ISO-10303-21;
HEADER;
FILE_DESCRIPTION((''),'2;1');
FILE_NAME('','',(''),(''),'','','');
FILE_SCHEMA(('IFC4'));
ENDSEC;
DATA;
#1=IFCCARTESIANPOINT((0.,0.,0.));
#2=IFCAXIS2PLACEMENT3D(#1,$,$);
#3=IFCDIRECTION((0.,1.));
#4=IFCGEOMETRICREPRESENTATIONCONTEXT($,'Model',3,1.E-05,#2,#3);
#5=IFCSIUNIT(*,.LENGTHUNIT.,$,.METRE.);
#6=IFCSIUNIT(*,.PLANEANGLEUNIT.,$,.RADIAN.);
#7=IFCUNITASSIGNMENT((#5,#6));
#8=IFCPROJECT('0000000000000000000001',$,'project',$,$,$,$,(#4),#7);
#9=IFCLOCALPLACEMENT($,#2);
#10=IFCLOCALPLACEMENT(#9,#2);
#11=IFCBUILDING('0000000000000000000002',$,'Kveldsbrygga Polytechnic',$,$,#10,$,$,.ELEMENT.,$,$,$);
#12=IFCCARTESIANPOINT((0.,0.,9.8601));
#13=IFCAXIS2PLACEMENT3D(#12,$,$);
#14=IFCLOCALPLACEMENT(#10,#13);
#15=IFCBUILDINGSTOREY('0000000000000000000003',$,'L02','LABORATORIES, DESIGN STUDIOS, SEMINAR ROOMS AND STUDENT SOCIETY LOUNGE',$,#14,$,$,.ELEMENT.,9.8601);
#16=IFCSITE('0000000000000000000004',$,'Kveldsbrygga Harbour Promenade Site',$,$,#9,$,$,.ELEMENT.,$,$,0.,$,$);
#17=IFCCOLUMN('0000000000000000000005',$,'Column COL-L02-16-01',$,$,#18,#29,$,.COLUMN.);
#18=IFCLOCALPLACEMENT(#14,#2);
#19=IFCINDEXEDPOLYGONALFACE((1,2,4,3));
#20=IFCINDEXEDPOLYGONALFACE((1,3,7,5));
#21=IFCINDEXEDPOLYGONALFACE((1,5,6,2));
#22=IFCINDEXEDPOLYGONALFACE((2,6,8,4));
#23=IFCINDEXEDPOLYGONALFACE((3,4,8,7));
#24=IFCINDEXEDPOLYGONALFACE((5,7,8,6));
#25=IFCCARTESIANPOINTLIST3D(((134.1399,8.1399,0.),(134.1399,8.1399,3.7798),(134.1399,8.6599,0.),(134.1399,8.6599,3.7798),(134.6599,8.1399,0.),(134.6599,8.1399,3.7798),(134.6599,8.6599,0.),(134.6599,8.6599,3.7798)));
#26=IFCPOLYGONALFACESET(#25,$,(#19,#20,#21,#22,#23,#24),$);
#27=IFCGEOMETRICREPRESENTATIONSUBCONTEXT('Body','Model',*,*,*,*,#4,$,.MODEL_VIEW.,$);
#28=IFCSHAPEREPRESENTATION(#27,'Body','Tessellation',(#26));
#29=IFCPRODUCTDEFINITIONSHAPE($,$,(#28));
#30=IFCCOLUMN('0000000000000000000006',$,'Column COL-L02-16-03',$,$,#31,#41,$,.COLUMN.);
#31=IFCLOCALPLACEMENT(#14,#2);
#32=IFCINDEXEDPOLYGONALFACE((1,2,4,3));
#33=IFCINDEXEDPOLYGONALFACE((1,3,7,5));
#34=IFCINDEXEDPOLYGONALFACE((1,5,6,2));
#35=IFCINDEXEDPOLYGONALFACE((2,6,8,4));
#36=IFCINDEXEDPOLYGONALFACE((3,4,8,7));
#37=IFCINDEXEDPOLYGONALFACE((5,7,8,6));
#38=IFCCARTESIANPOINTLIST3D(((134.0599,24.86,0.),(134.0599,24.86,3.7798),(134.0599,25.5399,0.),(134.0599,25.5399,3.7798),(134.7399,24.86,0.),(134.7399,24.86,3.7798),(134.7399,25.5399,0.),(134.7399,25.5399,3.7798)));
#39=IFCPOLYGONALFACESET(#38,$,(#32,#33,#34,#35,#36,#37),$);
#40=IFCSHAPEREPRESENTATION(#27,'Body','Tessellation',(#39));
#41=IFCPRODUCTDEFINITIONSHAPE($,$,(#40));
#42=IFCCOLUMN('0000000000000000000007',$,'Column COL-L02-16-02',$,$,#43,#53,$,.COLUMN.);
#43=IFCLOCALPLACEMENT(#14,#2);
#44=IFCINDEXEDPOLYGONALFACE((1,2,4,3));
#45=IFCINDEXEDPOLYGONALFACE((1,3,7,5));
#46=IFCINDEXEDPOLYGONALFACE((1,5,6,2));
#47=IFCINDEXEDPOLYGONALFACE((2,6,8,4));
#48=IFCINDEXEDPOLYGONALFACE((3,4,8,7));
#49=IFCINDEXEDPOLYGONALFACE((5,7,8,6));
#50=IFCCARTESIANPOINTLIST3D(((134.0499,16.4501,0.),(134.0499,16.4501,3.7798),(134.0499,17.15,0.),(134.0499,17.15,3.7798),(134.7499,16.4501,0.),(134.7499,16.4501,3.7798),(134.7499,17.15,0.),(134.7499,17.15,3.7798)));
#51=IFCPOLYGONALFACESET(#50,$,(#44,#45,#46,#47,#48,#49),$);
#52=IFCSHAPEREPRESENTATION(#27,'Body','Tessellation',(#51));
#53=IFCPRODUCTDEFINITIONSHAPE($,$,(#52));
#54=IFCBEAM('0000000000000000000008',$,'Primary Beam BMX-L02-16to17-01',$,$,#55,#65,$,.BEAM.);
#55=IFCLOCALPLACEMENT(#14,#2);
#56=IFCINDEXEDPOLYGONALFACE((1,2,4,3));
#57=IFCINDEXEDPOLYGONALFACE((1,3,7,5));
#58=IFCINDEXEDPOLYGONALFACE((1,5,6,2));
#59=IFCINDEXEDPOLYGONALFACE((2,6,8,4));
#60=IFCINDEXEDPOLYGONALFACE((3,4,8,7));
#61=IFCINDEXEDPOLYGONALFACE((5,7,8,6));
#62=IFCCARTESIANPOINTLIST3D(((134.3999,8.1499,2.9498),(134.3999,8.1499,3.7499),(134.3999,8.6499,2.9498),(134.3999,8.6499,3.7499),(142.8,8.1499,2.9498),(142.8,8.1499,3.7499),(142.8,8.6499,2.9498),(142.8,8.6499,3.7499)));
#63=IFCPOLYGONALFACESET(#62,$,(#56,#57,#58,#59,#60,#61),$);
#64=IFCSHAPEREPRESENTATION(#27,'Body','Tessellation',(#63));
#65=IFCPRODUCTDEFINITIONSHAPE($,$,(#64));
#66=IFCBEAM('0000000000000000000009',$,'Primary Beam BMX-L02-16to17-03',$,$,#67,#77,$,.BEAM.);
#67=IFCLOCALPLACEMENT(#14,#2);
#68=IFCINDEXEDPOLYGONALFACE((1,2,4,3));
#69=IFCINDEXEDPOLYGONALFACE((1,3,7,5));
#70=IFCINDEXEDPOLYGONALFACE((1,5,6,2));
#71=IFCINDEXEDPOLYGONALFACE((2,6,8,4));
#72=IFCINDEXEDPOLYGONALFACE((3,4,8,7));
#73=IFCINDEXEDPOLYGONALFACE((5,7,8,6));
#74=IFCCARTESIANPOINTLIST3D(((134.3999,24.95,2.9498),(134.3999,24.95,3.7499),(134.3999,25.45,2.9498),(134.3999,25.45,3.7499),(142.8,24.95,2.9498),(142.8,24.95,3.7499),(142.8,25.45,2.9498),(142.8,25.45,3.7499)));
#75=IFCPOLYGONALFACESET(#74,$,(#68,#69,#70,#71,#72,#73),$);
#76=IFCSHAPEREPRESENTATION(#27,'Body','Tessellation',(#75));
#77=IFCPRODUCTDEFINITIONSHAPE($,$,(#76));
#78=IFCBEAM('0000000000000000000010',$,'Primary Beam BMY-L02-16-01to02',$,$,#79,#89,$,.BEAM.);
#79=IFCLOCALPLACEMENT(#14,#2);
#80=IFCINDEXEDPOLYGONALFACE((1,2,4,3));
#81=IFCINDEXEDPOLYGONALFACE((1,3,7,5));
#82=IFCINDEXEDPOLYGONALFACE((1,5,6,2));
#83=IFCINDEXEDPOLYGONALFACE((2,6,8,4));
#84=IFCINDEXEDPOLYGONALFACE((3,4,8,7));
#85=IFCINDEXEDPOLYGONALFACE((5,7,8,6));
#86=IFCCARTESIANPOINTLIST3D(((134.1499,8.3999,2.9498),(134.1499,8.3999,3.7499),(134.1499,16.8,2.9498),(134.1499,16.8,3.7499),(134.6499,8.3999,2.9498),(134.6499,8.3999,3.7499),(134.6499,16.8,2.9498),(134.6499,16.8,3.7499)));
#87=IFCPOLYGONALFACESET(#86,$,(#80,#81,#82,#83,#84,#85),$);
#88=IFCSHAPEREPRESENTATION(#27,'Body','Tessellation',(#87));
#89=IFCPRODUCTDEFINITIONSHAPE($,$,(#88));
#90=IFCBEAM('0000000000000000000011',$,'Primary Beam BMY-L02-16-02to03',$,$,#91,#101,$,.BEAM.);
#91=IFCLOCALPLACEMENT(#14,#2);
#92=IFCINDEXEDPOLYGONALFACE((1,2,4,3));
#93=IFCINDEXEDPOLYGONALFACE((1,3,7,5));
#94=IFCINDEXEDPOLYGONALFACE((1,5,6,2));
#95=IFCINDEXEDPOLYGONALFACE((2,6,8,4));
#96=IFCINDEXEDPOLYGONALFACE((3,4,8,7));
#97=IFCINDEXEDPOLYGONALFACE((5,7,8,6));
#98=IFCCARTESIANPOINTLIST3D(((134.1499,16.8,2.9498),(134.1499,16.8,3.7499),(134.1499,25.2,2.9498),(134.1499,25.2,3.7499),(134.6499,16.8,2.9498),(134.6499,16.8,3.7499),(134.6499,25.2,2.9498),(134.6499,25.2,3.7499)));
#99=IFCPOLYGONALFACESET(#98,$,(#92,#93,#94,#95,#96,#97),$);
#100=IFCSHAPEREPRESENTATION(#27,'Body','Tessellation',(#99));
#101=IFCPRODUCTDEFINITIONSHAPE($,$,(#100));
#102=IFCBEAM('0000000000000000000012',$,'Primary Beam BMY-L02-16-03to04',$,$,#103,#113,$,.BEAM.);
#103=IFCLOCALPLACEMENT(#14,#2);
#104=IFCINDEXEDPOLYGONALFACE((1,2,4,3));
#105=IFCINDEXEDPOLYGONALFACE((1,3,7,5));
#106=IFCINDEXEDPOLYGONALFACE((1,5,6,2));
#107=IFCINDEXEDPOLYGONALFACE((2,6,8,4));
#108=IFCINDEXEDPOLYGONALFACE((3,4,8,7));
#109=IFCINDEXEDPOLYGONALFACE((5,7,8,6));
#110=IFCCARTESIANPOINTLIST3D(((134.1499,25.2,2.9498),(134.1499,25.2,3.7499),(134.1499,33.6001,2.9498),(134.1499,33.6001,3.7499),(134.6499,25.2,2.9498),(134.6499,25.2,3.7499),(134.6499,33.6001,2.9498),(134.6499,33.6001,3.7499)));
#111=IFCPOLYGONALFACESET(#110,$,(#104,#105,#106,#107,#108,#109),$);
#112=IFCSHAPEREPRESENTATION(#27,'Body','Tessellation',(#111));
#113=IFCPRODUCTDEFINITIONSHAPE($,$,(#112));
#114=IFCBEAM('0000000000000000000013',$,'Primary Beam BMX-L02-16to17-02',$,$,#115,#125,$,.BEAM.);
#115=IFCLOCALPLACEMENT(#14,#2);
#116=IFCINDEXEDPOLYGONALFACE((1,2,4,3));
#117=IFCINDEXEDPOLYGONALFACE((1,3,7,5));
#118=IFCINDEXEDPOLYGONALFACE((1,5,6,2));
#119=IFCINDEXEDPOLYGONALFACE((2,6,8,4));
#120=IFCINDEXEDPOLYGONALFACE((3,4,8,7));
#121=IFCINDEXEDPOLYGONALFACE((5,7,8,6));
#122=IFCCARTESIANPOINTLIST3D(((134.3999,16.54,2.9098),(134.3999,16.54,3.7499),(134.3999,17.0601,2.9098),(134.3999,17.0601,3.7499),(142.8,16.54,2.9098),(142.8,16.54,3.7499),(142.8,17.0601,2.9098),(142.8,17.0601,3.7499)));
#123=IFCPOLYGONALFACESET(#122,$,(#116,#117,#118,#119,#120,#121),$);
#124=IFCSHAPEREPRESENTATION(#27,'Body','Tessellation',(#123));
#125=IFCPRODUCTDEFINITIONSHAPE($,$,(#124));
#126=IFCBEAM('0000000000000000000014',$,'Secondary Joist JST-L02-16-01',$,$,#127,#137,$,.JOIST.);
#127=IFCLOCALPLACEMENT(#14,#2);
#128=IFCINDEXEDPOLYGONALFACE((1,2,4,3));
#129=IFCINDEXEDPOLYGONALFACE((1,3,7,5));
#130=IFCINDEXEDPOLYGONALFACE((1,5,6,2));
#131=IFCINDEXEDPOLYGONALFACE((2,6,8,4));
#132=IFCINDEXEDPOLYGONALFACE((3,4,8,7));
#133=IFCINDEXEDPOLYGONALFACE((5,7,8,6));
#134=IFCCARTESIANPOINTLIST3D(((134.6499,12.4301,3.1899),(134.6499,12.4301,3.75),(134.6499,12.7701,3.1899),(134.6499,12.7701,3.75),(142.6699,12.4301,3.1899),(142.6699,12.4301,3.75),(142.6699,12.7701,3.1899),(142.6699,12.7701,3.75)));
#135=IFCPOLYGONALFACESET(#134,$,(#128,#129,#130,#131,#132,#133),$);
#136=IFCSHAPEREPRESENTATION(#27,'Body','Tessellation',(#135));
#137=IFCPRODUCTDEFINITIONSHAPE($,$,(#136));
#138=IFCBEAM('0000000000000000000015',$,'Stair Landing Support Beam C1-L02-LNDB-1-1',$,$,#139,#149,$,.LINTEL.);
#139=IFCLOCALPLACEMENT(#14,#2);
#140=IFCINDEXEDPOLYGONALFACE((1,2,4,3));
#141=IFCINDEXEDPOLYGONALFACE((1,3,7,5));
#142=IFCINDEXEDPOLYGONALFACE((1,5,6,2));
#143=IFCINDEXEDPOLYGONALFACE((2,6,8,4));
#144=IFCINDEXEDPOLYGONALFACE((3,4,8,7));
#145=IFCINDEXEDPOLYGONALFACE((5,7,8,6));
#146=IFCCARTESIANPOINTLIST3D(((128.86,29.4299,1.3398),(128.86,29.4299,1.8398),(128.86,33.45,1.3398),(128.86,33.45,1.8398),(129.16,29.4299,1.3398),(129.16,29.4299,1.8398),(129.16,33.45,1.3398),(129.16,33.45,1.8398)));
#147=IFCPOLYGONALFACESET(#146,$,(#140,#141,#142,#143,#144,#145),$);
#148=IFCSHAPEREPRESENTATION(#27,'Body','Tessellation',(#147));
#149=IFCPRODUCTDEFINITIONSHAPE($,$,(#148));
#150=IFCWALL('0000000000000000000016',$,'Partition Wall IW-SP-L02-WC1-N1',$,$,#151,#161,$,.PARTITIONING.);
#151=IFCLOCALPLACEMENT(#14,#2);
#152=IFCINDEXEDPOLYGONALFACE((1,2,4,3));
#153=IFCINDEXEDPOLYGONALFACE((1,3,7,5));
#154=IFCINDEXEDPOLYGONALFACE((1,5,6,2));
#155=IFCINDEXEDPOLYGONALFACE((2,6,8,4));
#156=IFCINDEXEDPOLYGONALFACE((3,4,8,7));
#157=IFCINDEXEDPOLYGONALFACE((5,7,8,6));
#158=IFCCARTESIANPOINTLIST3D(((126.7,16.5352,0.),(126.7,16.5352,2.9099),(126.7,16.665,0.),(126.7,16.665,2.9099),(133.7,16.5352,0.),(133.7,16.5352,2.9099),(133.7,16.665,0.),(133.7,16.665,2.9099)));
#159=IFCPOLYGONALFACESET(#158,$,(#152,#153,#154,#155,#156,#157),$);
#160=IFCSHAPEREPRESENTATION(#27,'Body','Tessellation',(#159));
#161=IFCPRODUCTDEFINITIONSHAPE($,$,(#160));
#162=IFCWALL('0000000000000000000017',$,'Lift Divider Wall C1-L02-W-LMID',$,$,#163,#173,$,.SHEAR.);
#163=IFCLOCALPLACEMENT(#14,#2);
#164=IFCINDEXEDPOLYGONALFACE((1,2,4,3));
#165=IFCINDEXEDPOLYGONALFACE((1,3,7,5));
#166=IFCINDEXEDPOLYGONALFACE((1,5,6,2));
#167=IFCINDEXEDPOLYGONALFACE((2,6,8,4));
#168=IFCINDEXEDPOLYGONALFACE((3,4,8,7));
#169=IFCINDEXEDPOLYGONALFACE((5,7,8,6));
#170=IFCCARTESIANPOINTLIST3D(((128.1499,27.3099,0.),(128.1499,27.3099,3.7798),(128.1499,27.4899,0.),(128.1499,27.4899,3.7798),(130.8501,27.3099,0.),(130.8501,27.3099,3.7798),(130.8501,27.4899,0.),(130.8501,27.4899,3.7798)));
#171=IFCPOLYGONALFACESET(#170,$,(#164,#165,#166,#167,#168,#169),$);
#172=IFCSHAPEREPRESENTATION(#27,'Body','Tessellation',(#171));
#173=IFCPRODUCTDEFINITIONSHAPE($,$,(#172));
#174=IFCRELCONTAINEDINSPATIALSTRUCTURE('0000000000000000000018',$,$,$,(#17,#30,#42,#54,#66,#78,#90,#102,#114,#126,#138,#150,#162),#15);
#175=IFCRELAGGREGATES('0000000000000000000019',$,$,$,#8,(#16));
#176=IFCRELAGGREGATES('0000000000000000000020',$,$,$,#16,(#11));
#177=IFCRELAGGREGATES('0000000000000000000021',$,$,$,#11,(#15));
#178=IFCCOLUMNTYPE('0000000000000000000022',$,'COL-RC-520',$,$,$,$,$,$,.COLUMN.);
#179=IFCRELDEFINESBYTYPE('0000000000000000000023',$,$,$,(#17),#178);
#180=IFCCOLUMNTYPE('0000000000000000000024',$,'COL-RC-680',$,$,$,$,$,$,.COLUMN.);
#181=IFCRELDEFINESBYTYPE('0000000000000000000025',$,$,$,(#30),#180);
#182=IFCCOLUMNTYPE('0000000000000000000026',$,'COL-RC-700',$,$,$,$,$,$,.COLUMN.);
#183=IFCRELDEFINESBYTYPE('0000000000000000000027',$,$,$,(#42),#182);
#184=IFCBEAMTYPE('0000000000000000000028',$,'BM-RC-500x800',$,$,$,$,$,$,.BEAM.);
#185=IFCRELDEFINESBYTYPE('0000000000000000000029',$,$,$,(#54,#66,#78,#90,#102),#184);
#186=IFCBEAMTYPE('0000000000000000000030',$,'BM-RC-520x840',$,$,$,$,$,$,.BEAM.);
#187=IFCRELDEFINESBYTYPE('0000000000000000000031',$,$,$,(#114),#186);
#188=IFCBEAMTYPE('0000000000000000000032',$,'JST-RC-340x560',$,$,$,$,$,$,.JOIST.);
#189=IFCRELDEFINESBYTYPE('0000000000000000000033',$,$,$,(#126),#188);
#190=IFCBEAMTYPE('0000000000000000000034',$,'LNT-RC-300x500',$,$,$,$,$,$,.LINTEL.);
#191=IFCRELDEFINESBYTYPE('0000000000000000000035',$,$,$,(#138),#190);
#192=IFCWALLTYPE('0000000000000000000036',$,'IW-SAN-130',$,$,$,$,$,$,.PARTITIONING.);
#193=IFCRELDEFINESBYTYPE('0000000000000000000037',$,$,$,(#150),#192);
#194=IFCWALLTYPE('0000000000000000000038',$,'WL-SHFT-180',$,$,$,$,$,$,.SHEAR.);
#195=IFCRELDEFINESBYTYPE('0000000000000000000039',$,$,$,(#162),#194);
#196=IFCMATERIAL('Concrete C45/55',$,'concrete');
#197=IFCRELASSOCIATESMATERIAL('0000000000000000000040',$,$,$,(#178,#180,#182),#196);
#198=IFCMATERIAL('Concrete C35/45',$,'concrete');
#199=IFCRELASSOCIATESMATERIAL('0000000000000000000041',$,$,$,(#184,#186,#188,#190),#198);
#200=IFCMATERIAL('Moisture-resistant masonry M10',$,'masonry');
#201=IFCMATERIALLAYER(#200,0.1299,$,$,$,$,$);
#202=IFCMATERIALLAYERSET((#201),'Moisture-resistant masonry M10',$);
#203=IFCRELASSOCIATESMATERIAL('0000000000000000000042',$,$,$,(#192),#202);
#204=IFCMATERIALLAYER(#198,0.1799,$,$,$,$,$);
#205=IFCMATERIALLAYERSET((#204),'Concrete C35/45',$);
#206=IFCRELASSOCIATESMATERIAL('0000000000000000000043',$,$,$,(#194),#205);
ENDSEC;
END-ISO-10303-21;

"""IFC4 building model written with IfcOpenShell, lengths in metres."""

from ifc_helpers import new_model, si_unit, direction, frame, frame_2d, origin, origin_2d, place, context, subcontext, project, spatial, rectangle, extrude, material, layer, layer_set, material_profile, profile_set, type_object, element, save


model = new_model("IFC4")

# Units and contexts
model_context = context("Model", 3, precision=1e-05, world=origin(), true_north=direction((0.0, 1.0)))
body_context = subcontext(model_context, "Body", "Model", "MODEL_VIEW")
ifc_project = project(units=[si_unit("LENGTHUNIT", "METRE"), si_unit("PLANEANGLEUNIT", "RADIAN")], contexts=[model_context])

# Site, building, storey
site_placement = place(None, origin())
site = spatial("IfcSite", under=ifc_project, at=site_placement, Name="Kveldsbrygga Harbour Promenade Site", CompositionType="ELEMENT", RefElevation=0.0)
building_placement = place(site_placement, origin())
building = spatial("IfcBuilding", under=site, at=building_placement, Name="Kveldsbrygga Polytechnic", CompositionType="ELEMENT")
storey_placement = place(building_placement, frame((0.0, 0.0, 9.8601)))
storey = spatial("IfcBuildingStorey", under=building, at=storey_placement, Name="L02", Description="LABORATORIES, DESIGN STUDIOS, SEMINAR ROOMS AND STUDENT SOCIETY LOUNGE", CompositionType="ELEMENT", Elevation=9.8601)

# Columns
ifc_material_1 = material(Name="Concrete C45/55", Category="concrete")
ifc_material_profile_1 = material_profile(ifc_material_1, rectangle(XDim=0.52, YDim=0.52, at=origin_2d()), Name="RC 520x520")
ifc_profile_set_1 = profile_set([ifc_material_profile_1], Name="Concrete C45/55")
column_type_1 = type_object("IfcColumnType", Name="COL-RC-520", PredefinedType="COLUMN", material=ifc_profile_set_1)
column_1_placement = place(storey_placement, frame((134.3999, 8.3999, 0.0), z_axis=(0.0, 0.0, 1.0), x_axis=(1.0, 0.0, 0.0)))
element("IfcColumn", 1, at=column_1_placement, inside=storey, type_object=column_type_1, Name="Column COL-L02-16-01", PredefinedType="COLUMN", context=body_context, shape_type="SweptSolid", body=[
    extrude(rectangle(XDim=0.52, YDim=0.52, at=origin_2d()), origin(), (0.0, 0.0, 1.0), 3.7798),
])
ifc_material_profile_2 = material_profile(ifc_material_1, rectangle(XDim=0.6799, YDim=0.6799, at=origin_2d()), Name="RC 680x680")
ifc_profile_set_2 = profile_set([ifc_material_profile_2], Name="Concrete C45/55")
column_type_2 = type_object("IfcColumnType", Name="COL-RC-680", PredefinedType="COLUMN", material=ifc_profile_set_2)
column_2_placement = place(storey_placement, frame((134.3999, 25.2, 0.0), z_axis=(0.0, 0.0, 1.0), x_axis=(1.0, 0.0, 0.0)))
element("IfcColumn", 2, at=column_2_placement, inside=storey, type_object=column_type_2, Name="Column COL-L02-16-03", PredefinedType="COLUMN", context=body_context, shape_type="SweptSolid", body=[
    extrude(rectangle(XDim=0.6799, YDim=0.6799, at=origin_2d()), origin(), (0.0, 0.0, 1.0), 3.7798),
])
ifc_material_profile_3 = material_profile(ifc_material_1, rectangle(XDim=0.7, YDim=0.7, at=origin_2d()), Name="RC 700x700")
ifc_profile_set_3 = profile_set([ifc_material_profile_3], Name="Concrete C45/55")
column_type_3 = type_object("IfcColumnType", Name="COL-RC-700", PredefinedType="COLUMN", material=ifc_profile_set_3)
column_3_placement = place(storey_placement, frame((134.3999, 16.8, 0.0), z_axis=(0.0, 0.0, 1.0), x_axis=(1.0, 0.0, 0.0)))
element("IfcColumn", 3, at=column_3_placement, inside=storey, type_object=column_type_3, Name="Column COL-L02-16-02", PredefinedType="COLUMN", context=body_context, shape_type="SweptSolid", body=[
    extrude(rectangle(XDim=0.7, YDim=0.7, at=origin_2d()), origin(), (0.0, 0.0, 1.0), 3.7798),
])

# Beams
ifc_material_2 = material(Name="Concrete C35/45", Category="concrete")
ifc_material_profile_4 = material_profile(ifc_material_2, rectangle(XDim=0.5, YDim=0.8, at=origin_2d()), Name="RC 500x800")
ifc_profile_set_4 = profile_set([ifc_material_profile_4], Name="Concrete C35/45")
beam_type_1 = type_object("IfcBeamType", Name="BM-RC-500x800", PredefinedType="BEAM", material=ifc_profile_set_4)
for number, where, z_axis, x_axis, name in (
    (4, (134.3999, 8.3999, 3.3499), (1.0, 0.0, 0.0), (0.0, 1.0, 0.0), "Primary Beam BMX-L02-16to17-01"),
    (5, (134.3999, 25.2, 3.3499), (1.0, 0.0, 0.0), (0.0, 1.0, 0.0), "Primary Beam BMX-L02-16to17-03"),
    (6, (134.3999, 8.3999, 3.3499), (0.0, 1.0, 0.0), (-1.0, 0.0, 0.0), "Primary Beam BMY-L02-16-01to02"),
):
    element("IfcBeam", number, at=place(storey_placement, frame(where, z_axis=z_axis, x_axis=x_axis)), inside=storey, type_object=beam_type_1, Name=name, PredefinedType="BEAM", context=body_context, shape_type="SweptSolid", body=[
        extrude(rectangle(XDim=0.5, YDim=0.8, at=origin_2d()), origin(), (0.0, 0.0, 1.0), 8.4001),
    ])
beam_1_placement = place(storey_placement, frame((134.3999, 16.8, 3.3499), z_axis=(0.0, 1.0, 0.0), x_axis=(-1.0, 0.0, 0.0)))
element("IfcBeam", 7, at=beam_1_placement, inside=storey, type_object=beam_type_1, Name="Primary Beam BMY-L02-16-02to03", PredefinedType="BEAM", context=body_context, shape_type="SweptSolid", body=[
    extrude(rectangle(XDim=0.5, YDim=0.8, at=origin_2d()), origin(), (0.0, 0.0, 1.0), 8.3999),
])
beam_2_placement = place(storey_placement, frame((134.3999, 25.2, 3.3499), z_axis=(0.0, 1.0, 0.0), x_axis=(-1.0, 0.0, 0.0)))
element("IfcBeam", 8, at=beam_2_placement, inside=storey, type_object=beam_type_1, Name="Primary Beam BMY-L02-16-03to04", PredefinedType="BEAM", context=body_context, shape_type="SweptSolid", body=[
    extrude(rectangle(XDim=0.5, YDim=0.8, at=origin_2d()), origin(), (0.0, 0.0, 1.0), 8.4001),
])
ifc_material_profile_5 = material_profile(ifc_material_2, rectangle(XDim=0.52, YDim=0.8401, at=origin_2d()), Name="RC 520x840")
ifc_profile_set_5 = profile_set([ifc_material_profile_5], Name="Concrete C35/45")
beam_type_2 = type_object("IfcBeamType", Name="BM-RC-520x840", PredefinedType="BEAM", material=ifc_profile_set_5)
beam_3_placement = place(storey_placement, frame((134.3999, 16.8, 3.3298), z_axis=(1.0, 0.0, 0.0), x_axis=(0.0, 1.0, 0.0)))
element("IfcBeam", 9, at=beam_3_placement, inside=storey, type_object=beam_type_2, Name="Primary Beam BMX-L02-16to17-02", PredefinedType="BEAM", context=body_context, shape_type="SweptSolid", body=[
    extrude(rectangle(XDim=0.52, YDim=0.8401, at=origin_2d()), origin(), (0.0, 0.0, 1.0), 8.4001),
])
ifc_material_profile_6 = material_profile(ifc_material_2, rectangle(XDim=0.3401, YDim=0.5601, at=origin_2d()), Name="RC 340x560")
ifc_profile_set_6 = profile_set([ifc_material_profile_6], Name="Concrete C35/45")
beam_type_3 = type_object("IfcBeamType", Name="JST-RC-340x560", PredefinedType="JOIST", material=ifc_profile_set_6)
beam_4_placement = place(storey_placement, frame((134.6499, 12.6001, 3.47), z_axis=(1.0, 0.0, 0.0), x_axis=(0.0, 1.0, 0.0)))
element("IfcBeam", 10, at=beam_4_placement, inside=storey, type_object=beam_type_3, Name="Secondary Joist JST-L02-16-01", PredefinedType="JOIST", context=body_context, shape_type="SweptSolid", body=[
    extrude(rectangle(XDim=0.3401, YDim=0.5601, at=origin_2d()), origin(), (0.0, 0.0, 1.0), 8.02),
])
ifc_material_profile_7 = material_profile(ifc_material_2, rectangle(XDim=0.3, YDim=0.5, at=origin_2d()), Name="RC 300x500")
ifc_profile_set_7 = profile_set([ifc_material_profile_7], Name="Concrete C35/45")
beam_type_4 = type_object("IfcBeamType", Name="LNT-RC-300x500", PredefinedType="LINTEL", material=ifc_profile_set_7)
beam_5_placement = place(storey_placement, frame((129.01, 29.4299, 1.5898), z_axis=(0.0, 1.0, 0.0), x_axis=(-1.0, 0.0, 0.0)))
element("IfcBeam", 11, at=beam_5_placement, inside=storey, type_object=beam_type_4, Name="Stair Landing Support Beam C1-L02-LNDB-1-1", PredefinedType="LINTEL", context=body_context, shape_type="SweptSolid", body=[
    extrude(rectangle(XDim=0.3, YDim=0.5, at=origin_2d()), origin(), (0.0, 0.0, 1.0), 4.02),
])

# Wall
ifc_material_3 = material(Name="Moisture-resistant masonry M10", Category="masonry")
ifc_layer_1 = layer(ifc_material_3, 0.1299)
ifc_layer_set_1 = layer_set([ifc_layer_1], Name="Moisture-resistant masonry M10")
wall_type_1 = type_object("IfcWallType", Name="IW-SAN-130", PredefinedType="PARTITIONING", material=ifc_layer_set_1)
wall_1_placement = place(storey_placement, frame((126.7, 16.6001, 0.0), z_axis=(0.0, 0.0, 1.0), x_axis=(1.0, 0.0, 0.0)))
element("IfcWall", 12, at=wall_1_placement, inside=storey, type_object=wall_type_1, Name="Partition Wall IW-SP-L02-WC1-N1", PredefinedType="PARTITIONING", context=body_context, shape_type="SweptSolid", body=[
    extrude(rectangle(XDim=7.0, YDim=0.1299, at=frame_2d((3.5, 0.0))), origin(), (0.0, 0.0, 1.0), 2.9099),
])

# Wall
ifc_layer_2 = layer(ifc_material_2, 0.1799)
ifc_layer_set_2 = layer_set([ifc_layer_2], Name="Concrete C35/45")
wall_type_2 = type_object("IfcWallType", Name="WL-SHFT-180", PredefinedType="SHEAR", material=ifc_layer_set_2)
wall_2_placement = place(storey_placement, frame((128.1499, 27.3999, 0.0), z_axis=(0.0, 0.0, 1.0), x_axis=(1.0, 0.0, 0.0)))
element("IfcWall", 13, at=wall_2_placement, inside=storey, type_object=wall_type_2, Name="Lift Divider Wall C1-L02-W-LMID", PredefinedType="SHEAR", context=body_context, shape_type="SweptSolid", body=[
    extrude(rectangle(XDim=2.7002, YDim=0.1799, at=frame_2d((1.3501, 0.0))), origin(), (0.0, 0.0, 1.0), 3.7798),
])

save(model, "model.ifc")
